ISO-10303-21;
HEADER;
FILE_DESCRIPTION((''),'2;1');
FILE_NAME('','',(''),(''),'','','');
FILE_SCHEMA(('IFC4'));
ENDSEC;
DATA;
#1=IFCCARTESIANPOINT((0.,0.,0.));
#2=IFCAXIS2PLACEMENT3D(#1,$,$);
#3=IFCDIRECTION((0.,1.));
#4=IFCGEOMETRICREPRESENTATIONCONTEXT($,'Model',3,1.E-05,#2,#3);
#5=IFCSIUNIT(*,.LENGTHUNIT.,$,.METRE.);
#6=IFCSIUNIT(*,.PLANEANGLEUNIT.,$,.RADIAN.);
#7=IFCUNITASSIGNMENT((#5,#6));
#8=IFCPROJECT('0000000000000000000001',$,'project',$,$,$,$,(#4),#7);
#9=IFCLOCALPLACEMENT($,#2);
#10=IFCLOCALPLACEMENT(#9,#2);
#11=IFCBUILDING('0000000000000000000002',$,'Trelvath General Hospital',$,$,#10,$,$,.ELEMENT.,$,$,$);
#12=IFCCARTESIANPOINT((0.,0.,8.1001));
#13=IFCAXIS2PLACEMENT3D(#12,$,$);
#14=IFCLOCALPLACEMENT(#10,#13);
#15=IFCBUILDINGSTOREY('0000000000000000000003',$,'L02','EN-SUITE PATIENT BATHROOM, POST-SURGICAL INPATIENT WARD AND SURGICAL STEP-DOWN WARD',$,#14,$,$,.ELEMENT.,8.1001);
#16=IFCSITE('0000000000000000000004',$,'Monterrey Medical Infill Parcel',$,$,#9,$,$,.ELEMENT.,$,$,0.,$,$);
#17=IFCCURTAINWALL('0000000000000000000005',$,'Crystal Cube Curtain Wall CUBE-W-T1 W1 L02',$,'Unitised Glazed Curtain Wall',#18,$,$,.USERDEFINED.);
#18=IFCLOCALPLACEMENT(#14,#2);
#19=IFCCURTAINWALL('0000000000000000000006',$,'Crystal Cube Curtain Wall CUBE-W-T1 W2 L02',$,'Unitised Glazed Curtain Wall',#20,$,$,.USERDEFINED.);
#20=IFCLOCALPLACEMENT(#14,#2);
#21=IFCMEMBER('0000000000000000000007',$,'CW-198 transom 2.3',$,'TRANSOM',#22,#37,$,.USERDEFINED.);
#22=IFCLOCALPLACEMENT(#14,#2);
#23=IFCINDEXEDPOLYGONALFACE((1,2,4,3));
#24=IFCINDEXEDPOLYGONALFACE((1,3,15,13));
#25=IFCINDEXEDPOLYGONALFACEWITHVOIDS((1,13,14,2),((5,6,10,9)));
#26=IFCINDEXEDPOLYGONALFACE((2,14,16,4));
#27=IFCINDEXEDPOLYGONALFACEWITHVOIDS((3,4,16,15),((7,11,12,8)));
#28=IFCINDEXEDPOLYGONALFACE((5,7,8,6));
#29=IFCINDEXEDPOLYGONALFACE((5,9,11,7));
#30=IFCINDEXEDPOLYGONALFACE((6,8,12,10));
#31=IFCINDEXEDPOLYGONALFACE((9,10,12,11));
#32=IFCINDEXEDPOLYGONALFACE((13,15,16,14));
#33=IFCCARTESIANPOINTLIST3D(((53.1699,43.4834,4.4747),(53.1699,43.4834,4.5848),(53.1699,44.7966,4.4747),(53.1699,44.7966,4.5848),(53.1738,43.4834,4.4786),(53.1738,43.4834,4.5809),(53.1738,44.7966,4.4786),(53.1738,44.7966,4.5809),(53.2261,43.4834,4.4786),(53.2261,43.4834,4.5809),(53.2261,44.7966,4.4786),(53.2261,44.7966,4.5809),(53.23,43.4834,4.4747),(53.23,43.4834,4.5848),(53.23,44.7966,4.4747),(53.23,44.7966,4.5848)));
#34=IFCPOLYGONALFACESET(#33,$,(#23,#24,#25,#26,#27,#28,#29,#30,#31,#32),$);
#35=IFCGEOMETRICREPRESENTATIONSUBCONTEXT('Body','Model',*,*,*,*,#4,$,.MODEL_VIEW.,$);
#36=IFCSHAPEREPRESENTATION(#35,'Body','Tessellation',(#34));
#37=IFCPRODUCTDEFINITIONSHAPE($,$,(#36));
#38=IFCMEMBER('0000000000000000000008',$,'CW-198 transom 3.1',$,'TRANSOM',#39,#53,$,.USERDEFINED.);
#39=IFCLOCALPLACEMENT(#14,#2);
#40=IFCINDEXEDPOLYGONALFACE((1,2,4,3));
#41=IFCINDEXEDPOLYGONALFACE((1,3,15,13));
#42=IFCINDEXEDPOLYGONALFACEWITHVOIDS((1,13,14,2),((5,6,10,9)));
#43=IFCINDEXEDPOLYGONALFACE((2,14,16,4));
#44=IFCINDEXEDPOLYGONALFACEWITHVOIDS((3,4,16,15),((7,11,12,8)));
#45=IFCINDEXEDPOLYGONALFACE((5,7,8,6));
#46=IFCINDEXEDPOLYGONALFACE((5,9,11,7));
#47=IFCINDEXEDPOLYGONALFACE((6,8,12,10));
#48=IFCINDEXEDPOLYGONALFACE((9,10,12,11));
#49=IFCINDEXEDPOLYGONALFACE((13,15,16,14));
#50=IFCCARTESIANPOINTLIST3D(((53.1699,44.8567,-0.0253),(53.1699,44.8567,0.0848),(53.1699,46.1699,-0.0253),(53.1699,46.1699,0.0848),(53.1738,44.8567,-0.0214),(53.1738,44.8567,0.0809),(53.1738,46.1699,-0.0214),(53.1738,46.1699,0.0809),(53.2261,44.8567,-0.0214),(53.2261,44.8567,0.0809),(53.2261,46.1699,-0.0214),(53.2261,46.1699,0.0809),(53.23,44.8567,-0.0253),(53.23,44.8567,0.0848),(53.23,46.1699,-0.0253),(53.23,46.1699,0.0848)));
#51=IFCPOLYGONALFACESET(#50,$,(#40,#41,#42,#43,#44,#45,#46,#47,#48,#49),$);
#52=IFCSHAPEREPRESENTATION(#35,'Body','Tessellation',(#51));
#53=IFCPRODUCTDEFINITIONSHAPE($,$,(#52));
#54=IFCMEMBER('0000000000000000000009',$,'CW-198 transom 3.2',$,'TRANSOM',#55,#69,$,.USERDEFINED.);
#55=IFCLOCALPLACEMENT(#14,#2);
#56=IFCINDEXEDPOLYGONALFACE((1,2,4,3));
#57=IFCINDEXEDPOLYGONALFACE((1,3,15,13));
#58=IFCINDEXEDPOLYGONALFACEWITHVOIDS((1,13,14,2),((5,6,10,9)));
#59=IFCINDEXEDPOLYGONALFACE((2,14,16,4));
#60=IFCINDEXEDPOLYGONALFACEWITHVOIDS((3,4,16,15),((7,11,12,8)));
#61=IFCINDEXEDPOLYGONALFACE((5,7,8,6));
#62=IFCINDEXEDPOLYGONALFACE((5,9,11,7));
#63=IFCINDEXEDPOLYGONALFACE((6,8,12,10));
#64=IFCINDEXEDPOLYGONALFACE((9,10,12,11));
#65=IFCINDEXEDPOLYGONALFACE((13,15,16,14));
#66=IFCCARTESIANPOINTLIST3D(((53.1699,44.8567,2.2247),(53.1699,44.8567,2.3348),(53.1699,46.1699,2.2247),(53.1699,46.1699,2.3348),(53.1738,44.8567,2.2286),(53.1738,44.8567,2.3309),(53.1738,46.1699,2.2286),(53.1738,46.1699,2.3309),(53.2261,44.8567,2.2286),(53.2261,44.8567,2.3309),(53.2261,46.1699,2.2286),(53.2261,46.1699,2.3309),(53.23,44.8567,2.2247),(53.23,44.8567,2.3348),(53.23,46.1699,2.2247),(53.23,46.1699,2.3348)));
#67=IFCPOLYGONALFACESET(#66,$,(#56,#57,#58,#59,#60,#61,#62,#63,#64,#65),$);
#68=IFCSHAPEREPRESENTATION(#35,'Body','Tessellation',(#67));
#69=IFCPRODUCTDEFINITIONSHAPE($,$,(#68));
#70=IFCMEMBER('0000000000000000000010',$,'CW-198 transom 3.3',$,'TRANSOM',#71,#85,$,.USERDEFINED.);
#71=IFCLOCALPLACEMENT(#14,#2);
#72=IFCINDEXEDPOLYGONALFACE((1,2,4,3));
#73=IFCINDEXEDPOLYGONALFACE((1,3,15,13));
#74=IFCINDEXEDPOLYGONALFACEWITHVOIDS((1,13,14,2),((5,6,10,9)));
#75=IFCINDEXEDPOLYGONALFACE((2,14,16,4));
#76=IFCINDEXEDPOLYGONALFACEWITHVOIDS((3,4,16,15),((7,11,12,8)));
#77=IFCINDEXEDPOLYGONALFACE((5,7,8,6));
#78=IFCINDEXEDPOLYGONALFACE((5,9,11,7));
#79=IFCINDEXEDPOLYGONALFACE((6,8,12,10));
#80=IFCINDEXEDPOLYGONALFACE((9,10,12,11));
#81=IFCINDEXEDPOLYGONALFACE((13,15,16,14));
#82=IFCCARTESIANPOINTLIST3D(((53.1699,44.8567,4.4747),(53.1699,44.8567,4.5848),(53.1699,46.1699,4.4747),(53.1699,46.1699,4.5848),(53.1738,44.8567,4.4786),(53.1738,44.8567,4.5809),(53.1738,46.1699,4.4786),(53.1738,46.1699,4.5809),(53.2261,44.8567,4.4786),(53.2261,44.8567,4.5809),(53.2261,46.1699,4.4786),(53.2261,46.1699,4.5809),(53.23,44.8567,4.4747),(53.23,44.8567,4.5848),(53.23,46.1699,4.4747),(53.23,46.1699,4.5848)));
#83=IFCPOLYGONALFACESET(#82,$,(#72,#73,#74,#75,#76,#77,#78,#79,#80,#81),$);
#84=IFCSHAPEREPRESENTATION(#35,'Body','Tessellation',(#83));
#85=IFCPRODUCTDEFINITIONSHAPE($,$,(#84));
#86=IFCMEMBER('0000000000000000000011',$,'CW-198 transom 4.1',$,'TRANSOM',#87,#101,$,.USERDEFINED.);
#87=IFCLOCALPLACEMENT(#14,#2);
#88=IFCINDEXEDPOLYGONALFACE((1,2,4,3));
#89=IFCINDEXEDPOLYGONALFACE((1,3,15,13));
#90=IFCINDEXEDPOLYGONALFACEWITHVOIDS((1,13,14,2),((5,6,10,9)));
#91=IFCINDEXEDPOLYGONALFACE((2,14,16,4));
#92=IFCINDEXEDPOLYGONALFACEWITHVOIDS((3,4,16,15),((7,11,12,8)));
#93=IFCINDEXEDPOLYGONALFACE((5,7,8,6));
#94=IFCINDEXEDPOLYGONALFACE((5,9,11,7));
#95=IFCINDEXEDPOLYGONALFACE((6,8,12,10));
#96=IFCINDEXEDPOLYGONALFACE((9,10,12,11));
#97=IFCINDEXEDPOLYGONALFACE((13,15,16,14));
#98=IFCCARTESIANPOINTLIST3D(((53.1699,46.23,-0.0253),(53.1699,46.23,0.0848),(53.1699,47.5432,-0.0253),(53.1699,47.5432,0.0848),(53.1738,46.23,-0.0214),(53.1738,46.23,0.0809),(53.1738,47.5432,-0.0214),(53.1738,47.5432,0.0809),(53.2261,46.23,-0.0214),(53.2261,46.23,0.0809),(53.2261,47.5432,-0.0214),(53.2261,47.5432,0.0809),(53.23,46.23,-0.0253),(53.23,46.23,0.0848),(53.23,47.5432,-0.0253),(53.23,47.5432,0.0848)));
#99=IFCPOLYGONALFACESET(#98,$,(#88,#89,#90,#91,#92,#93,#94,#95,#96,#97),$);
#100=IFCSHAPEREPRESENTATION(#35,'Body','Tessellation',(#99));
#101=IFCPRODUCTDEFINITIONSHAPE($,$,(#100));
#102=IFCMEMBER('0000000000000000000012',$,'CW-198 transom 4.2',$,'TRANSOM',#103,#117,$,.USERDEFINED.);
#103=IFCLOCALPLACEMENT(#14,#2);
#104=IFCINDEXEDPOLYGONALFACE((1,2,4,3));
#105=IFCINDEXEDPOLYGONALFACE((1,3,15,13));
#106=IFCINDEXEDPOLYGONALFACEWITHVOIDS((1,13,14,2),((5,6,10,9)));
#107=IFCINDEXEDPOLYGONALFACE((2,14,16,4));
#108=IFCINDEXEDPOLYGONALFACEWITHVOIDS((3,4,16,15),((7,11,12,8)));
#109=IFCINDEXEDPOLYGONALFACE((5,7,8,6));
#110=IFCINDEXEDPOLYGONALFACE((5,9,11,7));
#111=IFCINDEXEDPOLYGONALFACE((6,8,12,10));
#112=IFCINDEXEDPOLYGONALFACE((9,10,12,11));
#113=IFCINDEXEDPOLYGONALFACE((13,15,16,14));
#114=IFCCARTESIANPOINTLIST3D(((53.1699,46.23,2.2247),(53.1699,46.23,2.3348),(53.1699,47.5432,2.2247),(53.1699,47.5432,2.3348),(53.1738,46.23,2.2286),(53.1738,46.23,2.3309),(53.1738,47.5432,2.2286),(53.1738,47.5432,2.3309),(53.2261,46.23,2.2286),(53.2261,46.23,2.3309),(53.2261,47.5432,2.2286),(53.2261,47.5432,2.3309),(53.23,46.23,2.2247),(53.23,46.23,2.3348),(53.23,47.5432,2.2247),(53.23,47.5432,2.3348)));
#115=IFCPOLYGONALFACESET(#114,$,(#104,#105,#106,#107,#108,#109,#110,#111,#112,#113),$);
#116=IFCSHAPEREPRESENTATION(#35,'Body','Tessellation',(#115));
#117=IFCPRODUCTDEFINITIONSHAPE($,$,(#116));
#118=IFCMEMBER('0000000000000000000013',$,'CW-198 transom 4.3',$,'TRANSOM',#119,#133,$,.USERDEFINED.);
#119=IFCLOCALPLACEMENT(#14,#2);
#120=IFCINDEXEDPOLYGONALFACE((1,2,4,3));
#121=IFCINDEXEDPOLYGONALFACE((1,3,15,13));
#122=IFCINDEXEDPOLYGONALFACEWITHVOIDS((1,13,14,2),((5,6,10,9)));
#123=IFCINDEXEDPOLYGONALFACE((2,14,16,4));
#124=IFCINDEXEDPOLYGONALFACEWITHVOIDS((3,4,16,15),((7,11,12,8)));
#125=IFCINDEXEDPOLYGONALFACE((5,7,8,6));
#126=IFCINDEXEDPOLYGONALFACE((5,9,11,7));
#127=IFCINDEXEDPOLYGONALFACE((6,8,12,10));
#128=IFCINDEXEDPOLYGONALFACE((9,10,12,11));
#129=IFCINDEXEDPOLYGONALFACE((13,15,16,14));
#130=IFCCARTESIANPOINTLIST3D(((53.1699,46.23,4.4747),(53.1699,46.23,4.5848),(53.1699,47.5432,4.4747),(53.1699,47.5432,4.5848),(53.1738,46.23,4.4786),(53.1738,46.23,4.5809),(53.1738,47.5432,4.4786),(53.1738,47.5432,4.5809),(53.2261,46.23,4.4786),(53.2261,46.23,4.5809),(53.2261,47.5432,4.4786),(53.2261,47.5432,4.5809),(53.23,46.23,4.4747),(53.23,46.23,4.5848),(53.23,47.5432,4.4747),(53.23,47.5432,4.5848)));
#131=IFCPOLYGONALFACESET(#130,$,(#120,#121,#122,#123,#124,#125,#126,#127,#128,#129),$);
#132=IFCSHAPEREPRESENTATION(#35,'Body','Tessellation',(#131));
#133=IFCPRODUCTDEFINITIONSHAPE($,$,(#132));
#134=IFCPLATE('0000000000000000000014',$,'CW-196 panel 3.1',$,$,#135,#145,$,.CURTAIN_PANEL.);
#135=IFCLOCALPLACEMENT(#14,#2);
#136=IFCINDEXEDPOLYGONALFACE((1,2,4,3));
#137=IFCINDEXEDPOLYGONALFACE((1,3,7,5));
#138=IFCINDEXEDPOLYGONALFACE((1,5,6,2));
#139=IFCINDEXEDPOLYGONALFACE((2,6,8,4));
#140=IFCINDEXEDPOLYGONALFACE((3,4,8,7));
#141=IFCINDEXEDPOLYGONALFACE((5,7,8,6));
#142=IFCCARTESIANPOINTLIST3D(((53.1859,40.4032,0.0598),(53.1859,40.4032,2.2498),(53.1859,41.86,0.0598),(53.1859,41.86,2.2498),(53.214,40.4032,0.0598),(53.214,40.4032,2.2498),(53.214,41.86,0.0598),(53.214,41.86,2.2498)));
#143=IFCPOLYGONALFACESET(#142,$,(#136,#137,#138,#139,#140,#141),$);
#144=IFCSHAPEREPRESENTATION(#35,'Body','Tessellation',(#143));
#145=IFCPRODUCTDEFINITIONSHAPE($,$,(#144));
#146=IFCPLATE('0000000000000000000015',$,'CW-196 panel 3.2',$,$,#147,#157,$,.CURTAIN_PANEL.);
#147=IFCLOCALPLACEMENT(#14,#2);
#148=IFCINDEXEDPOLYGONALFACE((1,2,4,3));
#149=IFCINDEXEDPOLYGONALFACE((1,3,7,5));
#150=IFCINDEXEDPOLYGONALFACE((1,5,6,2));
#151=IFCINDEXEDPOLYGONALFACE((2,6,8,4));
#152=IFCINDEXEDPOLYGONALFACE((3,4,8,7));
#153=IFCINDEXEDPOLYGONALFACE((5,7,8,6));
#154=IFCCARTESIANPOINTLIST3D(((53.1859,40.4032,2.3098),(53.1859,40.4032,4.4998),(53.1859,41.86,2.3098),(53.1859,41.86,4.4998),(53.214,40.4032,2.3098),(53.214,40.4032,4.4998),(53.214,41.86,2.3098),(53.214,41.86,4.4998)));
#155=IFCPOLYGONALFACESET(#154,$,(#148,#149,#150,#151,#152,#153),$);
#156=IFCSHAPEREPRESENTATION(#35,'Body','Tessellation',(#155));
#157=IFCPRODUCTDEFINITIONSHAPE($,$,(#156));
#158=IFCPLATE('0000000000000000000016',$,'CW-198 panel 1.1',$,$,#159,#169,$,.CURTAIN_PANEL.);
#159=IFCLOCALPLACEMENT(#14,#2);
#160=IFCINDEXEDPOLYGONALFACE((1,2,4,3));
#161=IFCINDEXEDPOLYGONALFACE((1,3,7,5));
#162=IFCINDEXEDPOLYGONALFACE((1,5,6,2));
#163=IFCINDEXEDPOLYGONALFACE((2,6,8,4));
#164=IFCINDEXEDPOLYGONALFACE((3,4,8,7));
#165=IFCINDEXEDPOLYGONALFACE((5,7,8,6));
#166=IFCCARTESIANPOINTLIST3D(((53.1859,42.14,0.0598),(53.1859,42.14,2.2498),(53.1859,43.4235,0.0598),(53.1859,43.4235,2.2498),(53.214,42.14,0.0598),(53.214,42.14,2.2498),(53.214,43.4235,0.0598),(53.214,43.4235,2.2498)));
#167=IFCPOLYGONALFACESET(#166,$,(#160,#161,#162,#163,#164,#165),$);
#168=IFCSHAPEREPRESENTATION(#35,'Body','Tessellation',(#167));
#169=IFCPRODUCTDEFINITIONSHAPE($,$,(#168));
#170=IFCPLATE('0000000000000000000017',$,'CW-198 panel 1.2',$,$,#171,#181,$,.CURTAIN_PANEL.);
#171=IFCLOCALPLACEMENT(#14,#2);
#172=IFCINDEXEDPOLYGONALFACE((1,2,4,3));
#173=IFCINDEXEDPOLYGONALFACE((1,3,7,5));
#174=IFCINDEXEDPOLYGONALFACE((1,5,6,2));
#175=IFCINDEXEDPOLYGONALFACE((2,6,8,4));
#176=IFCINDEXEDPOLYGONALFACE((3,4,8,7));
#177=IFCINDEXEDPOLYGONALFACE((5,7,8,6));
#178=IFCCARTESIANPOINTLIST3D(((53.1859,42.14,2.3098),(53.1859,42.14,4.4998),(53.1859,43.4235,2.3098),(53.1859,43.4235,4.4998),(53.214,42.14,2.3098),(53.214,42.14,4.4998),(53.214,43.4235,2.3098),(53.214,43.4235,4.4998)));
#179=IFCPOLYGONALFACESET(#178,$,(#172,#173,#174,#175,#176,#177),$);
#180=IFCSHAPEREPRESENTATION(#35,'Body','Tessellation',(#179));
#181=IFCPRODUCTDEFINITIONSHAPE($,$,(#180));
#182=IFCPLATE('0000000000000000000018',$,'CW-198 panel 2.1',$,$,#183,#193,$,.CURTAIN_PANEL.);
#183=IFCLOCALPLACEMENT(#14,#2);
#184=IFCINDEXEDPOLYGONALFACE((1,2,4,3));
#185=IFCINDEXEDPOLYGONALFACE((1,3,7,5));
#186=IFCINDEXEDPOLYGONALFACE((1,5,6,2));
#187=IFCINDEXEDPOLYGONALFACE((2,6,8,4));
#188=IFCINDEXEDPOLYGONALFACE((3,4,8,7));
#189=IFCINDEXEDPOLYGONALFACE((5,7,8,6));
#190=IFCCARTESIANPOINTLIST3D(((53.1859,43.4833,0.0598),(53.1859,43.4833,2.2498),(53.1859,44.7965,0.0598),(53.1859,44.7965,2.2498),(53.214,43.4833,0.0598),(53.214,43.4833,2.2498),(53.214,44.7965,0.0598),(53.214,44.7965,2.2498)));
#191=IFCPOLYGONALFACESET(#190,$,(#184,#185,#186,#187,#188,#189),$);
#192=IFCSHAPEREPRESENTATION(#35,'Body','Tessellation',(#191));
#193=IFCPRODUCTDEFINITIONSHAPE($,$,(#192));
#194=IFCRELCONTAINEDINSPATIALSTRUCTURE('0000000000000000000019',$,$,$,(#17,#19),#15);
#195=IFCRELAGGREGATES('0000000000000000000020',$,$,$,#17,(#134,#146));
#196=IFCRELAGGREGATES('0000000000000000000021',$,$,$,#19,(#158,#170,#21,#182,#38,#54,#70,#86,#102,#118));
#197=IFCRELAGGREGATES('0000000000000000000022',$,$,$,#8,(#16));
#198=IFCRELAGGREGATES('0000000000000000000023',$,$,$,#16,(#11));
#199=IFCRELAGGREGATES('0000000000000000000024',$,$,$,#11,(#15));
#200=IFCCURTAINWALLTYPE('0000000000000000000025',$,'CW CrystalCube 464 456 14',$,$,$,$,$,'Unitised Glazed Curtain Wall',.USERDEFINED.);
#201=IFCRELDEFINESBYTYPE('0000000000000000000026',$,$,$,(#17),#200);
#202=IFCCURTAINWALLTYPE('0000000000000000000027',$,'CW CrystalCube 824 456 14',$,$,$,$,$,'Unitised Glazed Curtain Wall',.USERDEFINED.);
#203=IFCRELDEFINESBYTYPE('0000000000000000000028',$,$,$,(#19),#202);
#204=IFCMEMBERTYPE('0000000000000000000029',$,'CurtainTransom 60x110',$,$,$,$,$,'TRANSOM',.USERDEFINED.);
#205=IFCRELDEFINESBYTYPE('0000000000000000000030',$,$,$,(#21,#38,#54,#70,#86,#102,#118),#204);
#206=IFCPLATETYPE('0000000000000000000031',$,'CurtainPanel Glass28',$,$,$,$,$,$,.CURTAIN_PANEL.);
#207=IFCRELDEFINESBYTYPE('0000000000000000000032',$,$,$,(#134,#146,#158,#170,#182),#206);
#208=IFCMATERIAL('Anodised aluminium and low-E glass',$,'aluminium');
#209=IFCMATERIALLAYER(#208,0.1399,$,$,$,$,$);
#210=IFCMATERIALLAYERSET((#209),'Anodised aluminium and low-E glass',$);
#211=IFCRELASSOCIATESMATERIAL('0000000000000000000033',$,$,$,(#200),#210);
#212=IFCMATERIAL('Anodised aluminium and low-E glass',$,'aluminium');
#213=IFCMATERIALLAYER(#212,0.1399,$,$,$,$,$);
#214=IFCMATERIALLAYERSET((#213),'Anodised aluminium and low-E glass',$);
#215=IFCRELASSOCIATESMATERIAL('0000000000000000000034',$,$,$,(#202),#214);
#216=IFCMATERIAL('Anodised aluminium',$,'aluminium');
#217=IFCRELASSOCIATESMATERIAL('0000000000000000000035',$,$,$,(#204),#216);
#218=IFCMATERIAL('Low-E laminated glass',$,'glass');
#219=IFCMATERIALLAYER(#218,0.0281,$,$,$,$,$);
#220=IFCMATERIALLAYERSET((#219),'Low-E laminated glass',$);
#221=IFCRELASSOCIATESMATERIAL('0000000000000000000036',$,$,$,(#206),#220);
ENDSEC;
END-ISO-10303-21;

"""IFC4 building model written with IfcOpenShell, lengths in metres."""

from ifc_helpers import new_model, si_unit, direction, frame, origin, origin_2d, place, context, subcontext, project, spatial, rectangle, hollow_rectangle, extrude, material, layer, layer_set, material_profile, profile_set, type_object, element, aggregate, save


model = new_model("IFC4")

# Units and contexts
model_context = context("Model", 3, precision=1e-05, world=origin(), true_north=direction((0.0, 1.0)))
body_context = subcontext(model_context, "Body", "Model", "MODEL_VIEW")
ifc_project = project(units=[si_unit("LENGTHUNIT", "METRE"), si_unit("PLANEANGLEUNIT", "RADIAN")], contexts=[model_context])

# Site, building, storey
site_placement = place(None, origin())
site = spatial("IfcSite", under=ifc_project, at=site_placement, Name="Monterrey Medical Infill Parcel", CompositionType="ELEMENT", RefElevation=0.0)
building_placement = place(site_placement, origin())
building = spatial("IfcBuilding", under=site, at=building_placement, Name="Trelvath General Hospital", CompositionType="ELEMENT")
storey_placement = place(building_placement, frame((0.0, 0.0, 8.1001)))
storey = spatial("IfcBuildingStorey", under=building, at=storey_placement, Name="L02", Description="EN-SUITE PATIENT BATHROOM, POST-SURGICAL INPATIENT WARD AND SURGICAL STEP-DOWN WARD", CompositionType="ELEMENT", Elevation=8.1001)

# Curtain wall
ifc_material_1 = material(Name="Anodised aluminium and low-E glass", Category="aluminium")
ifc_layer_1 = layer(ifc_material_1, 0.1399)
ifc_layer_set_1 = layer_set([ifc_layer_1], Name="Anodised aluminium and low-E glass")
curtain_wall_type_1 = type_object("IfcCurtainWallType", Name="CW CrystalCube 464 456 14", ElementType="Unitised Glazed Curtain Wall", PredefinedType="USERDEFINED", material=ifc_layer_set_1)
curtain_wall_1_placement = place(storey_placement, origin())
curtain_wall_1 = element("IfcCurtainWall", 1, at=curtain_wall_1_placement, inside=storey, type_object=curtain_wall_type_1, Name="Crystal Cube Curtain Wall CUBE-W-T1 W1 L02", ObjectType="Unitised Glazed Curtain Wall", PredefinedType="USERDEFINED")

# Curtain wall
ifc_material_2 = material(Name="Anodised aluminium and low-E glass", Category="aluminium")
ifc_layer_2 = layer(ifc_material_2, 0.1399)
ifc_layer_set_2 = layer_set([ifc_layer_2], Name="Anodised aluminium and low-E glass")
curtain_wall_type_2 = type_object("IfcCurtainWallType", Name="CW CrystalCube 824 456 14", ElementType="Unitised Glazed Curtain Wall", PredefinedType="USERDEFINED", material=ifc_layer_set_2)
curtain_wall_2_placement = place(storey_placement, origin())
curtain_wall_2 = element("IfcCurtainWall", 2, at=curtain_wall_2_placement, inside=storey, type_object=curtain_wall_type_2, Name="Crystal Cube Curtain Wall CUBE-W-T1 W2 L02", ObjectType="Unitised Glazed Curtain Wall", PredefinedType="USERDEFINED")

# Members
ifc_material_3 = material(Name="Anodised aluminium", Category="aluminium")
ifc_material_profile_1 = material_profile(ifc_material_3, hollow_rectangle(XDim=0.0601, YDim=0.1101, WallThickness=0.0039, at=origin_2d()), Name="RHS60x110x4")
ifc_profile_set_1 = profile_set([ifc_material_profile_1], Name="Anodised aluminium")
member_type_1 = type_object("IfcMemberType", Name="CurtainTransom 60x110", ElementType="TRANSOM", PredefinedType="USERDEFINED", material=ifc_profile_set_1)
member_1_placement = place(storey_placement, frame((53.2, 43.4834, 4.5298), z_axis=(0.0, 1.0, 0.0), x_axis=(-1.0, 0.0, 0.0)))
member_1 = element("IfcMember", 3, at=member_1_placement, type_object=member_type_1, Name="CW-198 transom 2.3", ObjectType="TRANSOM", PredefinedType="USERDEFINED", context=body_context, shape_type="SweptSolid", body=[
    extrude(hollow_rectangle(XDim=0.0601, YDim=0.1101, WallThickness=0.0039, at=origin_2d()), origin(), (0.0, 0.0, 1.0), 1.3132),
])
member_2_placement = place(storey_placement, frame((53.2, 44.8567, 0.0298), z_axis=(0.0, 1.0, 0.0), x_axis=(-1.0, 0.0, 0.0)))
member_2 = element("IfcMember", 4, at=member_2_placement, type_object=member_type_1, Name="CW-198 transom 3.1", ObjectType="TRANSOM", PredefinedType="USERDEFINED", context=body_context, shape_type="SweptSolid", body=[
    extrude(hollow_rectangle(XDim=0.0601, YDim=0.1101, WallThickness=0.0039, at=origin_2d()), origin(), (0.0, 0.0, 1.0), 1.3132),
])
member_3_placement = place(storey_placement, frame((53.2, 44.8567, 2.2798), z_axis=(0.0, 1.0, 0.0), x_axis=(-1.0, 0.0, 0.0)))
member_3 = element("IfcMember", 5, at=member_3_placement, type_object=member_type_1, Name="CW-198 transom 3.2", ObjectType="TRANSOM", PredefinedType="USERDEFINED", context=body_context, shape_type="SweptSolid", body=[
    extrude(hollow_rectangle(XDim=0.0601, YDim=0.1101, WallThickness=0.0039, at=origin_2d()), origin(), (0.0, 0.0, 1.0), 1.3132),
])
member_4_placement = place(storey_placement, frame((53.2, 44.8567, 4.5298), z_axis=(0.0, 1.0, 0.0), x_axis=(-1.0, 0.0, 0.0)))
member_4 = element("IfcMember", 6, at=member_4_placement, type_object=member_type_1, Name="CW-198 transom 3.3", ObjectType="TRANSOM", PredefinedType="USERDEFINED", context=body_context, shape_type="SweptSolid", body=[
    extrude(hollow_rectangle(XDim=0.0601, YDim=0.1101, WallThickness=0.0039, at=origin_2d()), origin(), (0.0, 0.0, 1.0), 1.3132),
])
member_5_placement = place(storey_placement, frame((53.2, 46.23, 0.0298), z_axis=(0.0, 1.0, 0.0), x_axis=(-1.0, 0.0, 0.0)))
member_5 = element("IfcMember", 7, at=member_5_placement, type_object=member_type_1, Name="CW-198 transom 4.1", ObjectType="TRANSOM", PredefinedType="USERDEFINED", context=body_context, shape_type="SweptSolid", body=[
    extrude(hollow_rectangle(XDim=0.0601, YDim=0.1101, WallThickness=0.0039, at=origin_2d()), origin(), (0.0, 0.0, 1.0), 1.3132),
])
member_6_placement = place(storey_placement, frame((53.2, 46.23, 2.2798), z_axis=(0.0, 1.0, 0.0), x_axis=(-1.0, 0.0, 0.0)))
member_6 = element("IfcMember", 8, at=member_6_placement, type_object=member_type_1, Name="CW-198 transom 4.2", ObjectType="TRANSOM", PredefinedType="USERDEFINED", context=body_context, shape_type="SweptSolid", body=[
    extrude(hollow_rectangle(XDim=0.0601, YDim=0.1101, WallThickness=0.0039, at=origin_2d()), origin(), (0.0, 0.0, 1.0), 1.3132),
])
member_7_placement = place(storey_placement, frame((53.2, 46.23, 4.5298), z_axis=(0.0, 1.0, 0.0), x_axis=(-1.0, 0.0, 0.0)))
member_7 = element("IfcMember", 9, at=member_7_placement, type_object=member_type_1, Name="CW-198 transom 4.3", ObjectType="TRANSOM", PredefinedType="USERDEFINED", context=body_context, shape_type="SweptSolid", body=[
    extrude(hollow_rectangle(XDim=0.0601, YDim=0.1101, WallThickness=0.0039, at=origin_2d()), origin(), (0.0, 0.0, 1.0), 1.3132),
])

# Plates
ifc_material_4 = material(Name="Low-E laminated glass", Category="glass")
ifc_layer_3 = layer(ifc_material_4, 0.0281)
ifc_layer_set_3 = layer_set([ifc_layer_3], Name="Low-E laminated glass")
plate_type = type_object("IfcPlateType", Name="CurtainPanel Glass28", PredefinedType="CURTAIN_PANEL", material=ifc_layer_set_3)
plate_1_placement = place(storey_placement, frame((53.2, 41.1316, 0.0598), z_axis=(0.0, 0.0, 1.0), x_axis=(0.0, 1.0, 0.0)))
plate_1 = element("IfcPlate", 10, at=plate_1_placement, type_object=plate_type, Name="CW-196 panel 3.1", PredefinedType="CURTAIN_PANEL", context=body_context, shape_type="SweptSolid", body=[
    extrude(rectangle(XDim=1.4568, YDim=0.0281, at=origin_2d()), origin(), (0.0, 0.0, 1.0), 2.1899),
])
plate_2_placement = place(storey_placement, frame((53.2, 41.1316, 2.3098), z_axis=(0.0, 0.0, 1.0), x_axis=(0.0, 1.0, 0.0)))
plate_2 = element("IfcPlate", 11, at=plate_2_placement, type_object=plate_type, Name="CW-196 panel 3.2", PredefinedType="CURTAIN_PANEL", context=body_context, shape_type="SweptSolid", body=[
    extrude(rectangle(XDim=1.4568, YDim=0.0281, at=origin_2d()), origin(), (0.0, 0.0, 1.0), 2.1899),
])
aggregate(curtain_wall_1, [plate_1, plate_2])
plate_3_placement = place(storey_placement, frame((53.2, 42.7817, 0.0598), z_axis=(0.0, 0.0, 1.0), x_axis=(0.0, 1.0, 0.0)))
plate_3 = element("IfcPlate", 12, at=plate_3_placement, type_object=plate_type, Name="CW-198 panel 1.1", PredefinedType="CURTAIN_PANEL", context=body_context, shape_type="SweptSolid", body=[
    extrude(rectangle(XDim=1.2834, YDim=0.0281, at=origin_2d()), origin(), (0.0, 0.0, 1.0), 2.1899),
])
plate_4_placement = place(storey_placement, frame((53.2, 42.7817, 2.3098), z_axis=(0.0, 0.0, 1.0), x_axis=(0.0, 1.0, 0.0)))
plate_4 = element("IfcPlate", 13, at=plate_4_placement, type_object=plate_type, Name="CW-198 panel 1.2", PredefinedType="CURTAIN_PANEL", context=body_context, shape_type="SweptSolid", body=[
    extrude(rectangle(XDim=1.2834, YDim=0.0281, at=origin_2d()), origin(), (0.0, 0.0, 1.0), 2.1899),
])
plate_5_placement = place(storey_placement, frame((53.2, 44.1399, 0.0598), z_axis=(0.0, 0.0, 1.0), x_axis=(0.0, 1.0, 0.0)))
plate_5 = element("IfcPlate", 14, at=plate_5_placement, type_object=plate_type, Name="CW-198 panel 2.1", PredefinedType="CURTAIN_PANEL", context=body_context, shape_type="SweptSolid", body=[
    extrude(rectangle(XDim=1.3132, YDim=0.0281, at=origin_2d()), origin(), (0.0, 0.0, 1.0), 2.1899),
])
aggregate(curtain_wall_2, [plate_3, plate_4, member_1, plate_5, member_2, member_3, member_4, member_5, member_6, member_7])

save(model, "model.ifc")
